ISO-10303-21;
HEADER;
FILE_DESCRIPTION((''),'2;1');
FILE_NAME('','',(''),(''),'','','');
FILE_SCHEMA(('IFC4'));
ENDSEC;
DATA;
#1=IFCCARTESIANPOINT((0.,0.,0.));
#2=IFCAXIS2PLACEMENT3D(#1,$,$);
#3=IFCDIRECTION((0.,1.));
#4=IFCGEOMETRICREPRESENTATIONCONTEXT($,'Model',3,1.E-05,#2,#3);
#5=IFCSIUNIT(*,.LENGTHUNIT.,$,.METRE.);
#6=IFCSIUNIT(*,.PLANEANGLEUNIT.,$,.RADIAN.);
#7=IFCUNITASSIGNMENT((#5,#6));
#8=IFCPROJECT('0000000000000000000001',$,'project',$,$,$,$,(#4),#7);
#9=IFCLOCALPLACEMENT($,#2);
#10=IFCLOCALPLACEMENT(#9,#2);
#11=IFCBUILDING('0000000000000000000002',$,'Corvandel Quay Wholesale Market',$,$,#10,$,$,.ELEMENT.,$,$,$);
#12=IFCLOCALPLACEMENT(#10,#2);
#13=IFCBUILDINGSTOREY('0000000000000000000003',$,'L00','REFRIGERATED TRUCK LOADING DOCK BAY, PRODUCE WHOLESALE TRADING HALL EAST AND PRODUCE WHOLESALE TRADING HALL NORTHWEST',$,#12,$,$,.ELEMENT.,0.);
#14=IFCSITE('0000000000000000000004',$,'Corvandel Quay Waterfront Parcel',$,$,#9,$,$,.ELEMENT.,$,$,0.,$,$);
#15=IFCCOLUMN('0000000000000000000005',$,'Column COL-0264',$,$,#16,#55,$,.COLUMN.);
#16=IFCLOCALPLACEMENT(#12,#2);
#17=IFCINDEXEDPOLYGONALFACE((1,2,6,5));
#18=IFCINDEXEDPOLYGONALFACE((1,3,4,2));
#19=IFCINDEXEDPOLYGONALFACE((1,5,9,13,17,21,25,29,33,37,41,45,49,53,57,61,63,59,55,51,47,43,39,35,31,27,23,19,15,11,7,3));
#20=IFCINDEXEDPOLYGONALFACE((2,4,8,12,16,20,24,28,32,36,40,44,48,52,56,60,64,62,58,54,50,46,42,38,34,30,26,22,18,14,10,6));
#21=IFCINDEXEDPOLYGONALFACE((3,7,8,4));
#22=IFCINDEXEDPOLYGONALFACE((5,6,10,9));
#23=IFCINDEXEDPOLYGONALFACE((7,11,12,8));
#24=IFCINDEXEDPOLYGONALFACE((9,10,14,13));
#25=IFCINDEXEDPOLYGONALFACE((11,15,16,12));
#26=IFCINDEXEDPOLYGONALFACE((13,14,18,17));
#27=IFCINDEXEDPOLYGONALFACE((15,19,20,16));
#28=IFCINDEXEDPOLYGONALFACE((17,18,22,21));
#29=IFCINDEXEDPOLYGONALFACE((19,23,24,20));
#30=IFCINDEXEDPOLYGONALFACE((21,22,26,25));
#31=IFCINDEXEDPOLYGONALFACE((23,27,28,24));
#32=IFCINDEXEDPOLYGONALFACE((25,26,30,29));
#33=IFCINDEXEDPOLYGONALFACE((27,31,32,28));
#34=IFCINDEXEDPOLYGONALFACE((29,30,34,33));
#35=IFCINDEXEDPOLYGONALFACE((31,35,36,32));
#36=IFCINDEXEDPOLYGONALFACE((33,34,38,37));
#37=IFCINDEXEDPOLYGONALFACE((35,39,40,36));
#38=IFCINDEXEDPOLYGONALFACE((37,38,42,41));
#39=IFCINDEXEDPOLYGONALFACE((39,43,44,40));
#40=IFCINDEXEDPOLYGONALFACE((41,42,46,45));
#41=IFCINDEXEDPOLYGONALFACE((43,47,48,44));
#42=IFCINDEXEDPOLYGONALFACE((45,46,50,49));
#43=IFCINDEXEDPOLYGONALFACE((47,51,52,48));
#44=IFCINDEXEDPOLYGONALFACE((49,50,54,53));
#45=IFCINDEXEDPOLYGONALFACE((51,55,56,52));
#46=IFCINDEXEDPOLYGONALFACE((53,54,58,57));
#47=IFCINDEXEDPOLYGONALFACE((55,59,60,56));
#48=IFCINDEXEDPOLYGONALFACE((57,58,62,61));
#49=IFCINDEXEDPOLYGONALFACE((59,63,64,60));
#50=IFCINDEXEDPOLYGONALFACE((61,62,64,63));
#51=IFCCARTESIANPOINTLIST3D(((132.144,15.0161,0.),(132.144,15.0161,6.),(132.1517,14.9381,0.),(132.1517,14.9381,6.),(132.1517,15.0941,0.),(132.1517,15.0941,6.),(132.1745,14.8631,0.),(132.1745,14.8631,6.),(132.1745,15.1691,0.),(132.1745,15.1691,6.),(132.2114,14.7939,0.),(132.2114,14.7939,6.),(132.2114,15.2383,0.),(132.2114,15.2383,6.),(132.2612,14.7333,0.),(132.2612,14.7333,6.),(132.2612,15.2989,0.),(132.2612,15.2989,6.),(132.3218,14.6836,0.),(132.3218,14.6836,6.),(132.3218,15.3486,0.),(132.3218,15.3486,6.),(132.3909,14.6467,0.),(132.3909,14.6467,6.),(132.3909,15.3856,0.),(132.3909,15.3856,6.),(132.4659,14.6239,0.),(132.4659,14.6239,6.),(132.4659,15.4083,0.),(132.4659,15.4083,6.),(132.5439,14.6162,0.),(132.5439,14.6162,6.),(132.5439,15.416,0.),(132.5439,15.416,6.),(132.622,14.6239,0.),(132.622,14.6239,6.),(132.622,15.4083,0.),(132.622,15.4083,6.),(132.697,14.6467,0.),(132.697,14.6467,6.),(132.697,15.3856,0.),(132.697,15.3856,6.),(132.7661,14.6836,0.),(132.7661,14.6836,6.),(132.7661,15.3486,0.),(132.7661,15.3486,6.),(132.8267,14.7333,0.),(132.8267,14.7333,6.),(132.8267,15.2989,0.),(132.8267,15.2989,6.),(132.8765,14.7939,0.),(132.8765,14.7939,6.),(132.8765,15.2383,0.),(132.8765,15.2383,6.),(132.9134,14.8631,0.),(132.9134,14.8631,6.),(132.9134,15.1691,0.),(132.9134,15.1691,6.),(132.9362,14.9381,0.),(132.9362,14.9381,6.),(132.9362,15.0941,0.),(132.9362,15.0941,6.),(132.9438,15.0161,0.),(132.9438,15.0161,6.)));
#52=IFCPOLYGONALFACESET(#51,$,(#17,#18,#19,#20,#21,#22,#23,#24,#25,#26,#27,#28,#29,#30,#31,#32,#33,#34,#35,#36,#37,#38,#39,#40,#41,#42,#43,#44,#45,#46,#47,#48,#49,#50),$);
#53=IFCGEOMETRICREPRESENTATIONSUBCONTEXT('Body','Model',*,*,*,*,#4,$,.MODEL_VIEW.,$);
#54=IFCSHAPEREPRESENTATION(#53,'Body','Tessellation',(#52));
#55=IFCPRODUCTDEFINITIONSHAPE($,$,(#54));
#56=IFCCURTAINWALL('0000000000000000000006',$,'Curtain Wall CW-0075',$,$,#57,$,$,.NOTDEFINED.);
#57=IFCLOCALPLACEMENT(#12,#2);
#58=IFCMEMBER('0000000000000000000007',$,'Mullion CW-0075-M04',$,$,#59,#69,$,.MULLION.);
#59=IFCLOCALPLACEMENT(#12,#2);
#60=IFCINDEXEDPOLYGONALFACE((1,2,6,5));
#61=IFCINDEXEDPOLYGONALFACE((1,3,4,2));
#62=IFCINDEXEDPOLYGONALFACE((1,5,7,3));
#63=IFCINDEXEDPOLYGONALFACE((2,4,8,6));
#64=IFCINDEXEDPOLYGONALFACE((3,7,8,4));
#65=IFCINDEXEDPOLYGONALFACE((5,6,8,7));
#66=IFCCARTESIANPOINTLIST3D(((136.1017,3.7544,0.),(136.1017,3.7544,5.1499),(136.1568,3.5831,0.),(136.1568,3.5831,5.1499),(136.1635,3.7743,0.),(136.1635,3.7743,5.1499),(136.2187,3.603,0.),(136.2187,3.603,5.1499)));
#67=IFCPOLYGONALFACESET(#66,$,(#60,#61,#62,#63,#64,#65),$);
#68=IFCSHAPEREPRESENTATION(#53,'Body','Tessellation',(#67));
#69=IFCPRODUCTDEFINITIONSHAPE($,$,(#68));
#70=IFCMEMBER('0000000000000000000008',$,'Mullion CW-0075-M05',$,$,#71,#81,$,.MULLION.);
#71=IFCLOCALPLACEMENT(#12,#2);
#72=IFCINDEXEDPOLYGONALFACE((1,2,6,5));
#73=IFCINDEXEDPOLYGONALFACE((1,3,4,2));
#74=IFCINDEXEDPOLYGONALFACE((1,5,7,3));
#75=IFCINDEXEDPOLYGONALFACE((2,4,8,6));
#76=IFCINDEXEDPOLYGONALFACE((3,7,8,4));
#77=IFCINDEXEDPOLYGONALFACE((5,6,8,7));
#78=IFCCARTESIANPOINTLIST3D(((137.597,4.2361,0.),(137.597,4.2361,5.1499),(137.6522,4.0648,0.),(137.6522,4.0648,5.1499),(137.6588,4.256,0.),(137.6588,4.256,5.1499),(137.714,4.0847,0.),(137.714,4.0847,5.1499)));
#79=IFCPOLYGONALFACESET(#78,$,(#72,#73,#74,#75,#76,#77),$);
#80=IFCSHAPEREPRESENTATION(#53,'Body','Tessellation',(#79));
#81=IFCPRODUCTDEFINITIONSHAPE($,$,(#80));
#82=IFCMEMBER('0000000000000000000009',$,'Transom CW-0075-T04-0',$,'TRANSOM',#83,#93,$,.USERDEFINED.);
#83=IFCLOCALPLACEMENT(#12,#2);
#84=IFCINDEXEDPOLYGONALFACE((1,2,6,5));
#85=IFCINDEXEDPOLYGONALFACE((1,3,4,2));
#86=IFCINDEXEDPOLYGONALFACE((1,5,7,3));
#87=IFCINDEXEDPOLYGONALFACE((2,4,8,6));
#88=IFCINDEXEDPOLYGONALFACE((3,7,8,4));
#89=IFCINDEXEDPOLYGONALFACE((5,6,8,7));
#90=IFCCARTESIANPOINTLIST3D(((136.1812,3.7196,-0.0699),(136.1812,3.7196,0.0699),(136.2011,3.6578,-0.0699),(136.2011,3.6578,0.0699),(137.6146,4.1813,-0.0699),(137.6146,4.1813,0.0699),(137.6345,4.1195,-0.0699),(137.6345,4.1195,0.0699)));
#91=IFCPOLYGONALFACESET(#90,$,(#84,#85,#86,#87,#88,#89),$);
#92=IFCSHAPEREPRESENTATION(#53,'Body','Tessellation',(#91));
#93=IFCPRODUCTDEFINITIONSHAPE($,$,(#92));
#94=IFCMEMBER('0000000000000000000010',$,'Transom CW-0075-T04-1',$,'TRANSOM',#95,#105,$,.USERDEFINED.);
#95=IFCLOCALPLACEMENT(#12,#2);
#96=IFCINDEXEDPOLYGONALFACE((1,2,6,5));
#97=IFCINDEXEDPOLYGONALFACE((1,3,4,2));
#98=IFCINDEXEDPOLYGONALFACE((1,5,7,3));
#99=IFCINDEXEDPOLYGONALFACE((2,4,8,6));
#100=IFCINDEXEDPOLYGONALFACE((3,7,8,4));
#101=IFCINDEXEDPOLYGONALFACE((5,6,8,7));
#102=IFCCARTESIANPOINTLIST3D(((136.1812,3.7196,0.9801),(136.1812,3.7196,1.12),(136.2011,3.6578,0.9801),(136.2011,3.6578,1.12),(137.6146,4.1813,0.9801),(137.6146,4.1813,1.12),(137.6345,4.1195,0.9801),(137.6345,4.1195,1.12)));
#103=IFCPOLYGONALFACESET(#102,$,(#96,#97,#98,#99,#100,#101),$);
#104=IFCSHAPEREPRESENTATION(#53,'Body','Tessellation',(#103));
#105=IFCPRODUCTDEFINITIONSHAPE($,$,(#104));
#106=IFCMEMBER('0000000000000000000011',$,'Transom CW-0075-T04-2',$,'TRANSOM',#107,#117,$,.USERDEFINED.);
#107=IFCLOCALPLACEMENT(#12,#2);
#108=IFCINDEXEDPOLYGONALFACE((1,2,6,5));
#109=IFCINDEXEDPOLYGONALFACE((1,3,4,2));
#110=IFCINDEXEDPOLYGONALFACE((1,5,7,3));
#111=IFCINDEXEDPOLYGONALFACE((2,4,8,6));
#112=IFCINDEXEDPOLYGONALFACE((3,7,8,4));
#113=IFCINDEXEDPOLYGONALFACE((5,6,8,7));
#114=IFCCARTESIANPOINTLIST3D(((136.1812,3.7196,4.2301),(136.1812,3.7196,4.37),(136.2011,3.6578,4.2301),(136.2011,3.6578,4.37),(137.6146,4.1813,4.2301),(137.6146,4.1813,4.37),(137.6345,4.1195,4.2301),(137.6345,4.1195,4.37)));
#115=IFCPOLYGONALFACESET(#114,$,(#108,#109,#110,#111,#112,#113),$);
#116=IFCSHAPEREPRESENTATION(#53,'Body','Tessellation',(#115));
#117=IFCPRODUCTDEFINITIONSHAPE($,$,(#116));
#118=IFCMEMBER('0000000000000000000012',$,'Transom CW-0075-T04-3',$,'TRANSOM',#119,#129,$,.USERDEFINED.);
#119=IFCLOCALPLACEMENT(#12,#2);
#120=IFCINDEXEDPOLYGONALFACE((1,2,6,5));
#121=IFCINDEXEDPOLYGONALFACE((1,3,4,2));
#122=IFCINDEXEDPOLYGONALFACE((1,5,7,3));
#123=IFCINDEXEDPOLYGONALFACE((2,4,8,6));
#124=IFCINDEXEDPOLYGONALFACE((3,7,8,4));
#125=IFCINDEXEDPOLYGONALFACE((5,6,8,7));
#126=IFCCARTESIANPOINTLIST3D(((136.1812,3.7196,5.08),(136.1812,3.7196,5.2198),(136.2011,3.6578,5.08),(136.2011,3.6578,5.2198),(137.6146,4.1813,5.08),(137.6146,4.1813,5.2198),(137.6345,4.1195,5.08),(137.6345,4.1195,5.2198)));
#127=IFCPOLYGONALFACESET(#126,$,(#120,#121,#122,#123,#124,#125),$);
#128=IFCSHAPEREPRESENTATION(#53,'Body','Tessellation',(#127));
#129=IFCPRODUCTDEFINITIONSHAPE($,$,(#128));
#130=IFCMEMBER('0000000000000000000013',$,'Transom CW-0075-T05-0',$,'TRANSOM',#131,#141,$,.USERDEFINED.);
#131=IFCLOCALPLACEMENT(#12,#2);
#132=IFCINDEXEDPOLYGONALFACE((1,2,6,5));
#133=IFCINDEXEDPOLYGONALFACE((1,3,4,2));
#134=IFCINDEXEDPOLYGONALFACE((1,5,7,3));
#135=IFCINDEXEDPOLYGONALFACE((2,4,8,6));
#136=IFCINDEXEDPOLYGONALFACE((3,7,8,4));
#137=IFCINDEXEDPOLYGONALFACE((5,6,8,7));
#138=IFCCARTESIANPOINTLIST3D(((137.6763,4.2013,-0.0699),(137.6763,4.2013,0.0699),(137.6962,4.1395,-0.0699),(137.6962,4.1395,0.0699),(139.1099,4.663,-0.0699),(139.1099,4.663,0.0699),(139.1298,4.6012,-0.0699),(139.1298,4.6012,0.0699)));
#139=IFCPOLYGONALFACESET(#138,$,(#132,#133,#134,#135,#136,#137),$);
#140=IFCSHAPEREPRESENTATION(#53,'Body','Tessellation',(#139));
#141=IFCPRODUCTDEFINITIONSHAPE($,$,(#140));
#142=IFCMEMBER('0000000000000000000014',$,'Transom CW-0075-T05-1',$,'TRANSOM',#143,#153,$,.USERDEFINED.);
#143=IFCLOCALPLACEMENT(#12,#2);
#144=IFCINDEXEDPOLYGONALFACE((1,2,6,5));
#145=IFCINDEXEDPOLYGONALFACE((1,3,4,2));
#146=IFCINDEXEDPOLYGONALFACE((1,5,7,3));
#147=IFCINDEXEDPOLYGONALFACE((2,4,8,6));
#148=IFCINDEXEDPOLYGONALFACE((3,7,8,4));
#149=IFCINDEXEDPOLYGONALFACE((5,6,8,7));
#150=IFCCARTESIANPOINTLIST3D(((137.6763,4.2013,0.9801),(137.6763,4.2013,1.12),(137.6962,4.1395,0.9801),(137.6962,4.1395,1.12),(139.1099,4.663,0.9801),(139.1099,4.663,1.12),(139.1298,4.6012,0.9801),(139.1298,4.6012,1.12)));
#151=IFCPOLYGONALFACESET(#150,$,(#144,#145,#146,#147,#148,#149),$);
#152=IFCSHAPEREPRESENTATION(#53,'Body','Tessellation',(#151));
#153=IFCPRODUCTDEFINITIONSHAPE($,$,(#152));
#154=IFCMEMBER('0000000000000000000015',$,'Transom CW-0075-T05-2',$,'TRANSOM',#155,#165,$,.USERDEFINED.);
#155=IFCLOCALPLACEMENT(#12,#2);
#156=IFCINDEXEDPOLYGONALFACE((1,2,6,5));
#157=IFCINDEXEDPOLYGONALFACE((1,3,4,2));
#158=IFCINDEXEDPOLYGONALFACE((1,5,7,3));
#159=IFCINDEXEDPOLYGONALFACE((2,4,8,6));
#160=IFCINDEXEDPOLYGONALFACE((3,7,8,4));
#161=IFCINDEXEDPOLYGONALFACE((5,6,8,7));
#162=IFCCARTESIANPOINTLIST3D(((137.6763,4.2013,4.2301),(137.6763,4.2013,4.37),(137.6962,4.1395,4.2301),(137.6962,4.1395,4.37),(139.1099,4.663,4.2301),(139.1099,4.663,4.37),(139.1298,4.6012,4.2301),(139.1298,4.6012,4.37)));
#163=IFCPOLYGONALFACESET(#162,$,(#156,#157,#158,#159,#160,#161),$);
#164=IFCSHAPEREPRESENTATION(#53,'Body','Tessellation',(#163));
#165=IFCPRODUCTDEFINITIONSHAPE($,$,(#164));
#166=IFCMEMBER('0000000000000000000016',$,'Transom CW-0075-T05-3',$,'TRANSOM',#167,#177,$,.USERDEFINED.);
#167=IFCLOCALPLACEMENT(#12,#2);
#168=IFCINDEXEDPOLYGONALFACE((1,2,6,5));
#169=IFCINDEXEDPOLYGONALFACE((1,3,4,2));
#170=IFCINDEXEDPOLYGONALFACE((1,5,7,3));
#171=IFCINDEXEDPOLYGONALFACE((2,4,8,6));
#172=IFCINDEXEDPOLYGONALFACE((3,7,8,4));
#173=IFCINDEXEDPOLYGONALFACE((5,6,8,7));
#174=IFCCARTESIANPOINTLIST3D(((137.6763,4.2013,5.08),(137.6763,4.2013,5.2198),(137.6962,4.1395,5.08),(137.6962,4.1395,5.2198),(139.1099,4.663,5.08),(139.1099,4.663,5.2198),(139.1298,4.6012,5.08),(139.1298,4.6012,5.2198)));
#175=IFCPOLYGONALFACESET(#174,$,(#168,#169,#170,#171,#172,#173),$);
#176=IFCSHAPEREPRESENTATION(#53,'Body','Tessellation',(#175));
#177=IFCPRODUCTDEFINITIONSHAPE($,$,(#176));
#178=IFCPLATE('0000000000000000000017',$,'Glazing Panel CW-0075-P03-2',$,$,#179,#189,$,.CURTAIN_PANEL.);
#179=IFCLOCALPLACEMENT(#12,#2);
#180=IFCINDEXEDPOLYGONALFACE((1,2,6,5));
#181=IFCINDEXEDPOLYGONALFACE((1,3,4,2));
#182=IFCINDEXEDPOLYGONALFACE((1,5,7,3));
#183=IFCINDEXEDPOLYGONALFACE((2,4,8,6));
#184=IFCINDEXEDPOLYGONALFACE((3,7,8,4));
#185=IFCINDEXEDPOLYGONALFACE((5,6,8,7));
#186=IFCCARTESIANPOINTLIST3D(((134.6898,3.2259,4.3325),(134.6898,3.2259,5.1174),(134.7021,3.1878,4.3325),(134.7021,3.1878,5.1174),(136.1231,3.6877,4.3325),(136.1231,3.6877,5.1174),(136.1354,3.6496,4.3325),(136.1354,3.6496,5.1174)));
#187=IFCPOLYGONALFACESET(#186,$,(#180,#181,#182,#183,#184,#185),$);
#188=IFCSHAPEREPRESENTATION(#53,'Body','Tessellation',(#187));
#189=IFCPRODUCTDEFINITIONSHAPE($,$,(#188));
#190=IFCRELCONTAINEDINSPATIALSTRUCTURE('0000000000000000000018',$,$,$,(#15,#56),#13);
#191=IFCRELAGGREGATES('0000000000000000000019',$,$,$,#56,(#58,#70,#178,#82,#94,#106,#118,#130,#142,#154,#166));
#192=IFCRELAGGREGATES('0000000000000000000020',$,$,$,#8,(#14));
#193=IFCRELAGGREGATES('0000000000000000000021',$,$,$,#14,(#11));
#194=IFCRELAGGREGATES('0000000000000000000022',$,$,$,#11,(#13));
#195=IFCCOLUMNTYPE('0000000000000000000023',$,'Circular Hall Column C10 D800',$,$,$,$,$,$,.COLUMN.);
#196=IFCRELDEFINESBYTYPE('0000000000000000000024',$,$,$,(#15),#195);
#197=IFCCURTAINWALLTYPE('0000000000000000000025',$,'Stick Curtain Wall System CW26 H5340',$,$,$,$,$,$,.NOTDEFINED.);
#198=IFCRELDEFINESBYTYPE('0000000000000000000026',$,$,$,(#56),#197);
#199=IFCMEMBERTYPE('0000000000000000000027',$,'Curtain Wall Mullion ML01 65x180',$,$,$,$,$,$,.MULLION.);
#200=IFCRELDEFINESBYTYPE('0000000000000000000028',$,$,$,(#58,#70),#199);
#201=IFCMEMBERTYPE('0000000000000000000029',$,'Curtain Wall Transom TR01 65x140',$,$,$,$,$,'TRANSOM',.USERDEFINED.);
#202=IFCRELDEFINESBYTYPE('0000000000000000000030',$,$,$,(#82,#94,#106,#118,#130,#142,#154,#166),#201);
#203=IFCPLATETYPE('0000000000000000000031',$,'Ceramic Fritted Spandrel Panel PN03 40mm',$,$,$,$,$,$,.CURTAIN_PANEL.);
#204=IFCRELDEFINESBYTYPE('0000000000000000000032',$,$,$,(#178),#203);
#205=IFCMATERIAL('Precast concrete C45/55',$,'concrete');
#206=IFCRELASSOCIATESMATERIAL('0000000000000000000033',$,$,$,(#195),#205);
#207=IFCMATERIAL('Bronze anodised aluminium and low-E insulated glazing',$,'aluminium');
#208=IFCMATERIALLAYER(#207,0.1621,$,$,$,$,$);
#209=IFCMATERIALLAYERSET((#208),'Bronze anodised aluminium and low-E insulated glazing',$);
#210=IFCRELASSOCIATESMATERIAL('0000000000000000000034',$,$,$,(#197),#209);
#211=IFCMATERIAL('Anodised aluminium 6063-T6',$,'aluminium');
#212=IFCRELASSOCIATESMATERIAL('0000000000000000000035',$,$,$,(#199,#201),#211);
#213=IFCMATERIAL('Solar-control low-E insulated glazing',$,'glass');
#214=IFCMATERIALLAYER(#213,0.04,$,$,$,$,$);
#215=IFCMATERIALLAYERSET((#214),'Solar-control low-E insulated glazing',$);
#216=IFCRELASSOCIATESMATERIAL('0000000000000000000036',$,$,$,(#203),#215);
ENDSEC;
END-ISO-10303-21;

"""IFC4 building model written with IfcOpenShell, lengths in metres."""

from ifc_helpers import new_model, si_unit, direction, frame, origin, origin_2d, place, context, subcontext, project, spatial, rectangle, circle, extrude, material, layer, layer_set, material_profile, profile_set, type_object, element, aggregate, save


model = new_model("IFC4")

# Units and contexts
model_context = context("Model", 3, precision=1e-05, world=origin(), true_north=direction((0.0, 1.0)))
body_context = subcontext(model_context, "Body", "Model", "MODEL_VIEW")
ifc_project = project(units=[si_unit("LENGTHUNIT", "METRE"), si_unit("PLANEANGLEUNIT", "RADIAN")], contexts=[model_context])

# Site, building, storey
site_placement = place(None, origin())
site = spatial("IfcSite", under=ifc_project, at=site_placement, Name="Corvandel Quay Waterfront Parcel", CompositionType="ELEMENT", RefElevation=0.0)
building_placement = place(site_placement, origin())
building = spatial("IfcBuilding", under=site, at=building_placement, Name="Corvandel Quay Wholesale Market", CompositionType="ELEMENT")
storey_placement = place(building_placement, origin())
storey = spatial("IfcBuildingStorey", under=building, at=storey_placement, Name="L00", Description="REFRIGERATED TRUCK LOADING DOCK BAY, PRODUCE WHOLESALE TRADING HALL EAST AND PRODUCE WHOLESALE TRADING HALL NORTHWEST", CompositionType="ELEMENT", Elevation=0.0)

# Column
ifc_material_1 = material(Name="Precast concrete C45/55", Category="concrete")
ifc_material_profile_1 = material_profile(ifc_material_1, circle(Radius=0.3999, at=origin_2d()), Name="PC-COL-D800")
ifc_profile_set_1 = profile_set([ifc_material_profile_1], Name="Precast concrete C45/55")
column_type = type_object("IfcColumnType", Name="Circular Hall Column C10 D800", PredefinedType="COLUMN", material=ifc_profile_set_1)
column_placement = place(storey_placement, frame((132.5439, 15.0161, 0.0), z_axis=(0.0, 0.0, 1.0), x_axis=(1.0, 0.0, 0.0)))
element("IfcColumn", 1, at=column_placement, inside=storey, type_object=column_type, Name="Column COL-0264", PredefinedType="COLUMN", context=body_context, shape_type="SweptSolid", body=[
    extrude(circle(Radius=0.3999, at=origin_2d()), origin(), (0.0, 0.0, 1.0), 6.0),
])

# Curtain wall, members, plate
ifc_material_2 = material(Name="Bronze anodised aluminium and low-E insulated glazing", Category="aluminium")
ifc_layer_1 = layer(ifc_material_2, 0.1621)
ifc_layer_set_1 = layer_set([ifc_layer_1], Name="Bronze anodised aluminium and low-E insulated glazing")
curtain_wall_type = type_object("IfcCurtainWallType", Name="Stick Curtain Wall System CW26 H5340", PredefinedType="NOTDEFINED", material=ifc_layer_set_1)
curtain_wall_placement = place(storey_placement, origin())
curtain_wall = element("IfcCurtainWall", 2, at=curtain_wall_placement, inside=storey, type_object=curtain_wall_type, Name="Curtain Wall CW-0075", PredefinedType="NOTDEFINED")
ifc_material_3 = material(Name="Anodised aluminium 6063-T6", Category="aluminium")
ifc_material_profile_2 = material_profile(ifc_material_3, rectangle(XDim=0.0649, YDim=0.1799, at=origin_2d()), Name="ALU-MUL-65x180")
ifc_profile_set_2 = profile_set([ifc_material_profile_2], Name="Anodised aluminium 6063-T6")
member_type_1 = type_object("IfcMemberType", Name="Curtain Wall Mullion ML01 65x180", PredefinedType="MULLION", material=ifc_profile_set_2)
member_1_placement = place(storey_placement, frame((136.1602, 3.6787, 0.0), z_axis=(0.0, 0.0, 1.0), x_axis=(0.951809, 0.306692, 0.0)))
member_1 = element("IfcMember", 3, at=member_1_placement, type_object=member_type_1, Name="Mullion CW-0075-M04", PredefinedType="MULLION", context=body_context, shape_type="SweptSolid", body=[
    extrude(rectangle(XDim=0.0649, YDim=0.1799, at=origin_2d()), origin(), (0.0, 0.0, 1.0), 5.1499),
])
member_2_placement = place(storey_placement, frame((137.6555, 4.1604, 0.0), z_axis=(0.0, 0.0, 1.0), x_axis=(0.951809, 0.306692, 0.0)))
member_2 = element("IfcMember", 4, at=member_2_placement, type_object=member_type_1, Name="Mullion CW-0075-M05", PredefinedType="MULLION", context=body_context, shape_type="SweptSolid", body=[
    extrude(rectangle(XDim=0.0649, YDim=0.1799, at=origin_2d()), origin(), (0.0, 0.0, 1.0), 5.1499),
])
ifc_material_profile_3 = material_profile(ifc_material_3, rectangle(XDim=0.0649, YDim=0.1399, at=origin_2d()), Name="ALU-TRN-65x140")
ifc_profile_set_3 = profile_set([ifc_material_profile_3], Name="Anodised aluminium 6063-T6")
member_type_2 = type_object("IfcMemberType", Name="Curtain Wall Transom TR01 65x140", ElementType="TRANSOM", PredefinedType="USERDEFINED", material=ifc_profile_set_3)
member_3_placement = place(storey_placement, frame((136.1912, 3.6887, 0.0), z_axis=(0.951845, 0.306581, 0.0), x_axis=(-0.306581, 0.951845, 0.0)))
member_3 = element("IfcMember", 5, at=member_3_placement, type_object=member_type_2, Name="Transom CW-0075-T04-0", ObjectType="TRANSOM", PredefinedType="USERDEFINED", context=body_context, shape_type="SweptSolid", body=[
    extrude(rectangle(XDim=0.0649, YDim=0.1399, at=origin_2d()), origin(), (0.0, 0.0, 1.0), 1.5059),
])
member_4_placement = place(storey_placement, frame((136.1912, 3.6887, 1.05), z_axis=(0.951845, 0.306581, 0.0), x_axis=(-0.306581, 0.951845, 0.0)))
member_4 = element("IfcMember", 6, at=member_4_placement, type_object=member_type_2, Name="Transom CW-0075-T04-1", ObjectType="TRANSOM", PredefinedType="USERDEFINED", context=body_context, shape_type="SweptSolid", body=[
    extrude(rectangle(XDim=0.0649, YDim=0.1399, at=origin_2d()), origin(), (0.0, 0.0, 1.0), 1.5059),
])
member_5_placement = place(storey_placement, frame((136.1912, 3.6887, 4.3), z_axis=(0.951845, 0.306581, 0.0), x_axis=(-0.306581, 0.951845, 0.0)))
member_5 = element("IfcMember", 7, at=member_5_placement, type_object=member_type_2, Name="Transom CW-0075-T04-2", ObjectType="TRANSOM", PredefinedType="USERDEFINED", context=body_context, shape_type="SweptSolid", body=[
    extrude(rectangle(XDim=0.0649, YDim=0.1399, at=origin_2d()), origin(), (0.0, 0.0, 1.0), 1.5059),
])
member_6_placement = place(storey_placement, frame((136.1912, 3.6887, 5.1499), z_axis=(0.951845, 0.306581, 0.0), x_axis=(-0.306581, 0.951845, 0.0)))
member_6 = element("IfcMember", 8, at=member_6_placement, type_object=member_type_2, Name="Transom CW-0075-T04-3", ObjectType="TRANSOM", PredefinedType="USERDEFINED", context=body_context, shape_type="SweptSolid", body=[
    extrude(rectangle(XDim=0.0649, YDim=0.1399, at=origin_2d()), origin(), (0.0, 0.0, 1.0), 1.5059),
])
member_7_placement = place(storey_placement, frame((137.6863, 4.1704, 0.0), z_axis=(0.95186, 0.306534, 0.0), x_axis=(-0.306534, 0.95186, 0.0)))
member_7 = element("IfcMember", 9, at=member_7_placement, type_object=member_type_2, Name="Transom CW-0075-T05-0", ObjectType="TRANSOM", PredefinedType="USERDEFINED", context=body_context, shape_type="SweptSolid", body=[
    extrude(rectangle(XDim=0.0649, YDim=0.1399, at=origin_2d()), origin(), (0.0, 0.0, 1.0), 1.5061),
])
member_8_placement = place(storey_placement, frame((137.6863, 4.1704, 1.05), z_axis=(0.95186, 0.306534, 0.0), x_axis=(-0.306534, 0.95186, 0.0)))
member_8 = element("IfcMember", 10, at=member_8_placement, type_object=member_type_2, Name="Transom CW-0075-T05-1", ObjectType="TRANSOM", PredefinedType="USERDEFINED", context=body_context, shape_type="SweptSolid", body=[
    extrude(rectangle(XDim=0.0649, YDim=0.1399, at=origin_2d()), origin(), (0.0, 0.0, 1.0), 1.5061),
])
member_9_placement = place(storey_placement, frame((137.6863, 4.1704, 4.3), z_axis=(0.95186, 0.306534, 0.0), x_axis=(-0.306534, 0.95186, 0.0)))
member_9 = element("IfcMember", 11, at=member_9_placement, type_object=member_type_2, Name="Transom CW-0075-T05-2", ObjectType="TRANSOM", PredefinedType="USERDEFINED", context=body_context, shape_type="SweptSolid", body=[
    extrude(rectangle(XDim=0.0649, YDim=0.1399, at=origin_2d()), origin(), (0.0, 0.0, 1.0), 1.5061),
])
member_10_placement = place(storey_placement, frame((137.6863, 4.1704, 5.1499), z_axis=(0.95186, 0.306534, 0.0), x_axis=(-0.306534, 0.95186, 0.0)))
member_10 = element("IfcMember", 12, at=member_10_placement, type_object=member_type_2, Name="Transom CW-0075-T05-3", ObjectType="TRANSOM", PredefinedType="USERDEFINED", context=body_context, shape_type="SweptSolid", body=[
    extrude(rectangle(XDim=0.0649, YDim=0.1399, at=origin_2d()), origin(), (0.0, 0.0, 1.0), 1.5061),
])
ifc_material_4 = material(Name="Solar-control low-E insulated glazing", Category="glass")
ifc_layer_2 = layer(ifc_material_4, 0.04)
ifc_layer_set_2 = layer_set([ifc_layer_2], Name="Solar-control low-E insulated glazing")
plate_type_1 = type_object("IfcPlateType", Name="Ceramic Fritted Spandrel Panel PN03 40mm", PredefinedType="CURTAIN_PANEL", material=ifc_layer_set_2)
plate_1_placement = place(storey_placement, frame((135.4126, 3.4377, 4.3325), z_axis=(0.0, 0.0, 1.0), x_axis=(0.951809, 0.306692, 0.0)))
plate_1 = element("IfcPlate", 13, at=plate_1_placement, type_object=plate_type_1, Name="Glazing Panel CW-0075-P03-2", PredefinedType="CURTAIN_PANEL", context=body_context, shape_type="SweptSolid", body=[
    extrude(rectangle(XDim=1.5059, YDim=0.04, at=origin_2d()), origin(), (0.0, 0.0, 1.0), 0.7849),
])
aggregate(curtain_wall, [member_1, member_2, plate_1, member_3, member_4, member_5, member_6, member_7, member_8, member_9, member_10])

save(model, "model.ifc")
